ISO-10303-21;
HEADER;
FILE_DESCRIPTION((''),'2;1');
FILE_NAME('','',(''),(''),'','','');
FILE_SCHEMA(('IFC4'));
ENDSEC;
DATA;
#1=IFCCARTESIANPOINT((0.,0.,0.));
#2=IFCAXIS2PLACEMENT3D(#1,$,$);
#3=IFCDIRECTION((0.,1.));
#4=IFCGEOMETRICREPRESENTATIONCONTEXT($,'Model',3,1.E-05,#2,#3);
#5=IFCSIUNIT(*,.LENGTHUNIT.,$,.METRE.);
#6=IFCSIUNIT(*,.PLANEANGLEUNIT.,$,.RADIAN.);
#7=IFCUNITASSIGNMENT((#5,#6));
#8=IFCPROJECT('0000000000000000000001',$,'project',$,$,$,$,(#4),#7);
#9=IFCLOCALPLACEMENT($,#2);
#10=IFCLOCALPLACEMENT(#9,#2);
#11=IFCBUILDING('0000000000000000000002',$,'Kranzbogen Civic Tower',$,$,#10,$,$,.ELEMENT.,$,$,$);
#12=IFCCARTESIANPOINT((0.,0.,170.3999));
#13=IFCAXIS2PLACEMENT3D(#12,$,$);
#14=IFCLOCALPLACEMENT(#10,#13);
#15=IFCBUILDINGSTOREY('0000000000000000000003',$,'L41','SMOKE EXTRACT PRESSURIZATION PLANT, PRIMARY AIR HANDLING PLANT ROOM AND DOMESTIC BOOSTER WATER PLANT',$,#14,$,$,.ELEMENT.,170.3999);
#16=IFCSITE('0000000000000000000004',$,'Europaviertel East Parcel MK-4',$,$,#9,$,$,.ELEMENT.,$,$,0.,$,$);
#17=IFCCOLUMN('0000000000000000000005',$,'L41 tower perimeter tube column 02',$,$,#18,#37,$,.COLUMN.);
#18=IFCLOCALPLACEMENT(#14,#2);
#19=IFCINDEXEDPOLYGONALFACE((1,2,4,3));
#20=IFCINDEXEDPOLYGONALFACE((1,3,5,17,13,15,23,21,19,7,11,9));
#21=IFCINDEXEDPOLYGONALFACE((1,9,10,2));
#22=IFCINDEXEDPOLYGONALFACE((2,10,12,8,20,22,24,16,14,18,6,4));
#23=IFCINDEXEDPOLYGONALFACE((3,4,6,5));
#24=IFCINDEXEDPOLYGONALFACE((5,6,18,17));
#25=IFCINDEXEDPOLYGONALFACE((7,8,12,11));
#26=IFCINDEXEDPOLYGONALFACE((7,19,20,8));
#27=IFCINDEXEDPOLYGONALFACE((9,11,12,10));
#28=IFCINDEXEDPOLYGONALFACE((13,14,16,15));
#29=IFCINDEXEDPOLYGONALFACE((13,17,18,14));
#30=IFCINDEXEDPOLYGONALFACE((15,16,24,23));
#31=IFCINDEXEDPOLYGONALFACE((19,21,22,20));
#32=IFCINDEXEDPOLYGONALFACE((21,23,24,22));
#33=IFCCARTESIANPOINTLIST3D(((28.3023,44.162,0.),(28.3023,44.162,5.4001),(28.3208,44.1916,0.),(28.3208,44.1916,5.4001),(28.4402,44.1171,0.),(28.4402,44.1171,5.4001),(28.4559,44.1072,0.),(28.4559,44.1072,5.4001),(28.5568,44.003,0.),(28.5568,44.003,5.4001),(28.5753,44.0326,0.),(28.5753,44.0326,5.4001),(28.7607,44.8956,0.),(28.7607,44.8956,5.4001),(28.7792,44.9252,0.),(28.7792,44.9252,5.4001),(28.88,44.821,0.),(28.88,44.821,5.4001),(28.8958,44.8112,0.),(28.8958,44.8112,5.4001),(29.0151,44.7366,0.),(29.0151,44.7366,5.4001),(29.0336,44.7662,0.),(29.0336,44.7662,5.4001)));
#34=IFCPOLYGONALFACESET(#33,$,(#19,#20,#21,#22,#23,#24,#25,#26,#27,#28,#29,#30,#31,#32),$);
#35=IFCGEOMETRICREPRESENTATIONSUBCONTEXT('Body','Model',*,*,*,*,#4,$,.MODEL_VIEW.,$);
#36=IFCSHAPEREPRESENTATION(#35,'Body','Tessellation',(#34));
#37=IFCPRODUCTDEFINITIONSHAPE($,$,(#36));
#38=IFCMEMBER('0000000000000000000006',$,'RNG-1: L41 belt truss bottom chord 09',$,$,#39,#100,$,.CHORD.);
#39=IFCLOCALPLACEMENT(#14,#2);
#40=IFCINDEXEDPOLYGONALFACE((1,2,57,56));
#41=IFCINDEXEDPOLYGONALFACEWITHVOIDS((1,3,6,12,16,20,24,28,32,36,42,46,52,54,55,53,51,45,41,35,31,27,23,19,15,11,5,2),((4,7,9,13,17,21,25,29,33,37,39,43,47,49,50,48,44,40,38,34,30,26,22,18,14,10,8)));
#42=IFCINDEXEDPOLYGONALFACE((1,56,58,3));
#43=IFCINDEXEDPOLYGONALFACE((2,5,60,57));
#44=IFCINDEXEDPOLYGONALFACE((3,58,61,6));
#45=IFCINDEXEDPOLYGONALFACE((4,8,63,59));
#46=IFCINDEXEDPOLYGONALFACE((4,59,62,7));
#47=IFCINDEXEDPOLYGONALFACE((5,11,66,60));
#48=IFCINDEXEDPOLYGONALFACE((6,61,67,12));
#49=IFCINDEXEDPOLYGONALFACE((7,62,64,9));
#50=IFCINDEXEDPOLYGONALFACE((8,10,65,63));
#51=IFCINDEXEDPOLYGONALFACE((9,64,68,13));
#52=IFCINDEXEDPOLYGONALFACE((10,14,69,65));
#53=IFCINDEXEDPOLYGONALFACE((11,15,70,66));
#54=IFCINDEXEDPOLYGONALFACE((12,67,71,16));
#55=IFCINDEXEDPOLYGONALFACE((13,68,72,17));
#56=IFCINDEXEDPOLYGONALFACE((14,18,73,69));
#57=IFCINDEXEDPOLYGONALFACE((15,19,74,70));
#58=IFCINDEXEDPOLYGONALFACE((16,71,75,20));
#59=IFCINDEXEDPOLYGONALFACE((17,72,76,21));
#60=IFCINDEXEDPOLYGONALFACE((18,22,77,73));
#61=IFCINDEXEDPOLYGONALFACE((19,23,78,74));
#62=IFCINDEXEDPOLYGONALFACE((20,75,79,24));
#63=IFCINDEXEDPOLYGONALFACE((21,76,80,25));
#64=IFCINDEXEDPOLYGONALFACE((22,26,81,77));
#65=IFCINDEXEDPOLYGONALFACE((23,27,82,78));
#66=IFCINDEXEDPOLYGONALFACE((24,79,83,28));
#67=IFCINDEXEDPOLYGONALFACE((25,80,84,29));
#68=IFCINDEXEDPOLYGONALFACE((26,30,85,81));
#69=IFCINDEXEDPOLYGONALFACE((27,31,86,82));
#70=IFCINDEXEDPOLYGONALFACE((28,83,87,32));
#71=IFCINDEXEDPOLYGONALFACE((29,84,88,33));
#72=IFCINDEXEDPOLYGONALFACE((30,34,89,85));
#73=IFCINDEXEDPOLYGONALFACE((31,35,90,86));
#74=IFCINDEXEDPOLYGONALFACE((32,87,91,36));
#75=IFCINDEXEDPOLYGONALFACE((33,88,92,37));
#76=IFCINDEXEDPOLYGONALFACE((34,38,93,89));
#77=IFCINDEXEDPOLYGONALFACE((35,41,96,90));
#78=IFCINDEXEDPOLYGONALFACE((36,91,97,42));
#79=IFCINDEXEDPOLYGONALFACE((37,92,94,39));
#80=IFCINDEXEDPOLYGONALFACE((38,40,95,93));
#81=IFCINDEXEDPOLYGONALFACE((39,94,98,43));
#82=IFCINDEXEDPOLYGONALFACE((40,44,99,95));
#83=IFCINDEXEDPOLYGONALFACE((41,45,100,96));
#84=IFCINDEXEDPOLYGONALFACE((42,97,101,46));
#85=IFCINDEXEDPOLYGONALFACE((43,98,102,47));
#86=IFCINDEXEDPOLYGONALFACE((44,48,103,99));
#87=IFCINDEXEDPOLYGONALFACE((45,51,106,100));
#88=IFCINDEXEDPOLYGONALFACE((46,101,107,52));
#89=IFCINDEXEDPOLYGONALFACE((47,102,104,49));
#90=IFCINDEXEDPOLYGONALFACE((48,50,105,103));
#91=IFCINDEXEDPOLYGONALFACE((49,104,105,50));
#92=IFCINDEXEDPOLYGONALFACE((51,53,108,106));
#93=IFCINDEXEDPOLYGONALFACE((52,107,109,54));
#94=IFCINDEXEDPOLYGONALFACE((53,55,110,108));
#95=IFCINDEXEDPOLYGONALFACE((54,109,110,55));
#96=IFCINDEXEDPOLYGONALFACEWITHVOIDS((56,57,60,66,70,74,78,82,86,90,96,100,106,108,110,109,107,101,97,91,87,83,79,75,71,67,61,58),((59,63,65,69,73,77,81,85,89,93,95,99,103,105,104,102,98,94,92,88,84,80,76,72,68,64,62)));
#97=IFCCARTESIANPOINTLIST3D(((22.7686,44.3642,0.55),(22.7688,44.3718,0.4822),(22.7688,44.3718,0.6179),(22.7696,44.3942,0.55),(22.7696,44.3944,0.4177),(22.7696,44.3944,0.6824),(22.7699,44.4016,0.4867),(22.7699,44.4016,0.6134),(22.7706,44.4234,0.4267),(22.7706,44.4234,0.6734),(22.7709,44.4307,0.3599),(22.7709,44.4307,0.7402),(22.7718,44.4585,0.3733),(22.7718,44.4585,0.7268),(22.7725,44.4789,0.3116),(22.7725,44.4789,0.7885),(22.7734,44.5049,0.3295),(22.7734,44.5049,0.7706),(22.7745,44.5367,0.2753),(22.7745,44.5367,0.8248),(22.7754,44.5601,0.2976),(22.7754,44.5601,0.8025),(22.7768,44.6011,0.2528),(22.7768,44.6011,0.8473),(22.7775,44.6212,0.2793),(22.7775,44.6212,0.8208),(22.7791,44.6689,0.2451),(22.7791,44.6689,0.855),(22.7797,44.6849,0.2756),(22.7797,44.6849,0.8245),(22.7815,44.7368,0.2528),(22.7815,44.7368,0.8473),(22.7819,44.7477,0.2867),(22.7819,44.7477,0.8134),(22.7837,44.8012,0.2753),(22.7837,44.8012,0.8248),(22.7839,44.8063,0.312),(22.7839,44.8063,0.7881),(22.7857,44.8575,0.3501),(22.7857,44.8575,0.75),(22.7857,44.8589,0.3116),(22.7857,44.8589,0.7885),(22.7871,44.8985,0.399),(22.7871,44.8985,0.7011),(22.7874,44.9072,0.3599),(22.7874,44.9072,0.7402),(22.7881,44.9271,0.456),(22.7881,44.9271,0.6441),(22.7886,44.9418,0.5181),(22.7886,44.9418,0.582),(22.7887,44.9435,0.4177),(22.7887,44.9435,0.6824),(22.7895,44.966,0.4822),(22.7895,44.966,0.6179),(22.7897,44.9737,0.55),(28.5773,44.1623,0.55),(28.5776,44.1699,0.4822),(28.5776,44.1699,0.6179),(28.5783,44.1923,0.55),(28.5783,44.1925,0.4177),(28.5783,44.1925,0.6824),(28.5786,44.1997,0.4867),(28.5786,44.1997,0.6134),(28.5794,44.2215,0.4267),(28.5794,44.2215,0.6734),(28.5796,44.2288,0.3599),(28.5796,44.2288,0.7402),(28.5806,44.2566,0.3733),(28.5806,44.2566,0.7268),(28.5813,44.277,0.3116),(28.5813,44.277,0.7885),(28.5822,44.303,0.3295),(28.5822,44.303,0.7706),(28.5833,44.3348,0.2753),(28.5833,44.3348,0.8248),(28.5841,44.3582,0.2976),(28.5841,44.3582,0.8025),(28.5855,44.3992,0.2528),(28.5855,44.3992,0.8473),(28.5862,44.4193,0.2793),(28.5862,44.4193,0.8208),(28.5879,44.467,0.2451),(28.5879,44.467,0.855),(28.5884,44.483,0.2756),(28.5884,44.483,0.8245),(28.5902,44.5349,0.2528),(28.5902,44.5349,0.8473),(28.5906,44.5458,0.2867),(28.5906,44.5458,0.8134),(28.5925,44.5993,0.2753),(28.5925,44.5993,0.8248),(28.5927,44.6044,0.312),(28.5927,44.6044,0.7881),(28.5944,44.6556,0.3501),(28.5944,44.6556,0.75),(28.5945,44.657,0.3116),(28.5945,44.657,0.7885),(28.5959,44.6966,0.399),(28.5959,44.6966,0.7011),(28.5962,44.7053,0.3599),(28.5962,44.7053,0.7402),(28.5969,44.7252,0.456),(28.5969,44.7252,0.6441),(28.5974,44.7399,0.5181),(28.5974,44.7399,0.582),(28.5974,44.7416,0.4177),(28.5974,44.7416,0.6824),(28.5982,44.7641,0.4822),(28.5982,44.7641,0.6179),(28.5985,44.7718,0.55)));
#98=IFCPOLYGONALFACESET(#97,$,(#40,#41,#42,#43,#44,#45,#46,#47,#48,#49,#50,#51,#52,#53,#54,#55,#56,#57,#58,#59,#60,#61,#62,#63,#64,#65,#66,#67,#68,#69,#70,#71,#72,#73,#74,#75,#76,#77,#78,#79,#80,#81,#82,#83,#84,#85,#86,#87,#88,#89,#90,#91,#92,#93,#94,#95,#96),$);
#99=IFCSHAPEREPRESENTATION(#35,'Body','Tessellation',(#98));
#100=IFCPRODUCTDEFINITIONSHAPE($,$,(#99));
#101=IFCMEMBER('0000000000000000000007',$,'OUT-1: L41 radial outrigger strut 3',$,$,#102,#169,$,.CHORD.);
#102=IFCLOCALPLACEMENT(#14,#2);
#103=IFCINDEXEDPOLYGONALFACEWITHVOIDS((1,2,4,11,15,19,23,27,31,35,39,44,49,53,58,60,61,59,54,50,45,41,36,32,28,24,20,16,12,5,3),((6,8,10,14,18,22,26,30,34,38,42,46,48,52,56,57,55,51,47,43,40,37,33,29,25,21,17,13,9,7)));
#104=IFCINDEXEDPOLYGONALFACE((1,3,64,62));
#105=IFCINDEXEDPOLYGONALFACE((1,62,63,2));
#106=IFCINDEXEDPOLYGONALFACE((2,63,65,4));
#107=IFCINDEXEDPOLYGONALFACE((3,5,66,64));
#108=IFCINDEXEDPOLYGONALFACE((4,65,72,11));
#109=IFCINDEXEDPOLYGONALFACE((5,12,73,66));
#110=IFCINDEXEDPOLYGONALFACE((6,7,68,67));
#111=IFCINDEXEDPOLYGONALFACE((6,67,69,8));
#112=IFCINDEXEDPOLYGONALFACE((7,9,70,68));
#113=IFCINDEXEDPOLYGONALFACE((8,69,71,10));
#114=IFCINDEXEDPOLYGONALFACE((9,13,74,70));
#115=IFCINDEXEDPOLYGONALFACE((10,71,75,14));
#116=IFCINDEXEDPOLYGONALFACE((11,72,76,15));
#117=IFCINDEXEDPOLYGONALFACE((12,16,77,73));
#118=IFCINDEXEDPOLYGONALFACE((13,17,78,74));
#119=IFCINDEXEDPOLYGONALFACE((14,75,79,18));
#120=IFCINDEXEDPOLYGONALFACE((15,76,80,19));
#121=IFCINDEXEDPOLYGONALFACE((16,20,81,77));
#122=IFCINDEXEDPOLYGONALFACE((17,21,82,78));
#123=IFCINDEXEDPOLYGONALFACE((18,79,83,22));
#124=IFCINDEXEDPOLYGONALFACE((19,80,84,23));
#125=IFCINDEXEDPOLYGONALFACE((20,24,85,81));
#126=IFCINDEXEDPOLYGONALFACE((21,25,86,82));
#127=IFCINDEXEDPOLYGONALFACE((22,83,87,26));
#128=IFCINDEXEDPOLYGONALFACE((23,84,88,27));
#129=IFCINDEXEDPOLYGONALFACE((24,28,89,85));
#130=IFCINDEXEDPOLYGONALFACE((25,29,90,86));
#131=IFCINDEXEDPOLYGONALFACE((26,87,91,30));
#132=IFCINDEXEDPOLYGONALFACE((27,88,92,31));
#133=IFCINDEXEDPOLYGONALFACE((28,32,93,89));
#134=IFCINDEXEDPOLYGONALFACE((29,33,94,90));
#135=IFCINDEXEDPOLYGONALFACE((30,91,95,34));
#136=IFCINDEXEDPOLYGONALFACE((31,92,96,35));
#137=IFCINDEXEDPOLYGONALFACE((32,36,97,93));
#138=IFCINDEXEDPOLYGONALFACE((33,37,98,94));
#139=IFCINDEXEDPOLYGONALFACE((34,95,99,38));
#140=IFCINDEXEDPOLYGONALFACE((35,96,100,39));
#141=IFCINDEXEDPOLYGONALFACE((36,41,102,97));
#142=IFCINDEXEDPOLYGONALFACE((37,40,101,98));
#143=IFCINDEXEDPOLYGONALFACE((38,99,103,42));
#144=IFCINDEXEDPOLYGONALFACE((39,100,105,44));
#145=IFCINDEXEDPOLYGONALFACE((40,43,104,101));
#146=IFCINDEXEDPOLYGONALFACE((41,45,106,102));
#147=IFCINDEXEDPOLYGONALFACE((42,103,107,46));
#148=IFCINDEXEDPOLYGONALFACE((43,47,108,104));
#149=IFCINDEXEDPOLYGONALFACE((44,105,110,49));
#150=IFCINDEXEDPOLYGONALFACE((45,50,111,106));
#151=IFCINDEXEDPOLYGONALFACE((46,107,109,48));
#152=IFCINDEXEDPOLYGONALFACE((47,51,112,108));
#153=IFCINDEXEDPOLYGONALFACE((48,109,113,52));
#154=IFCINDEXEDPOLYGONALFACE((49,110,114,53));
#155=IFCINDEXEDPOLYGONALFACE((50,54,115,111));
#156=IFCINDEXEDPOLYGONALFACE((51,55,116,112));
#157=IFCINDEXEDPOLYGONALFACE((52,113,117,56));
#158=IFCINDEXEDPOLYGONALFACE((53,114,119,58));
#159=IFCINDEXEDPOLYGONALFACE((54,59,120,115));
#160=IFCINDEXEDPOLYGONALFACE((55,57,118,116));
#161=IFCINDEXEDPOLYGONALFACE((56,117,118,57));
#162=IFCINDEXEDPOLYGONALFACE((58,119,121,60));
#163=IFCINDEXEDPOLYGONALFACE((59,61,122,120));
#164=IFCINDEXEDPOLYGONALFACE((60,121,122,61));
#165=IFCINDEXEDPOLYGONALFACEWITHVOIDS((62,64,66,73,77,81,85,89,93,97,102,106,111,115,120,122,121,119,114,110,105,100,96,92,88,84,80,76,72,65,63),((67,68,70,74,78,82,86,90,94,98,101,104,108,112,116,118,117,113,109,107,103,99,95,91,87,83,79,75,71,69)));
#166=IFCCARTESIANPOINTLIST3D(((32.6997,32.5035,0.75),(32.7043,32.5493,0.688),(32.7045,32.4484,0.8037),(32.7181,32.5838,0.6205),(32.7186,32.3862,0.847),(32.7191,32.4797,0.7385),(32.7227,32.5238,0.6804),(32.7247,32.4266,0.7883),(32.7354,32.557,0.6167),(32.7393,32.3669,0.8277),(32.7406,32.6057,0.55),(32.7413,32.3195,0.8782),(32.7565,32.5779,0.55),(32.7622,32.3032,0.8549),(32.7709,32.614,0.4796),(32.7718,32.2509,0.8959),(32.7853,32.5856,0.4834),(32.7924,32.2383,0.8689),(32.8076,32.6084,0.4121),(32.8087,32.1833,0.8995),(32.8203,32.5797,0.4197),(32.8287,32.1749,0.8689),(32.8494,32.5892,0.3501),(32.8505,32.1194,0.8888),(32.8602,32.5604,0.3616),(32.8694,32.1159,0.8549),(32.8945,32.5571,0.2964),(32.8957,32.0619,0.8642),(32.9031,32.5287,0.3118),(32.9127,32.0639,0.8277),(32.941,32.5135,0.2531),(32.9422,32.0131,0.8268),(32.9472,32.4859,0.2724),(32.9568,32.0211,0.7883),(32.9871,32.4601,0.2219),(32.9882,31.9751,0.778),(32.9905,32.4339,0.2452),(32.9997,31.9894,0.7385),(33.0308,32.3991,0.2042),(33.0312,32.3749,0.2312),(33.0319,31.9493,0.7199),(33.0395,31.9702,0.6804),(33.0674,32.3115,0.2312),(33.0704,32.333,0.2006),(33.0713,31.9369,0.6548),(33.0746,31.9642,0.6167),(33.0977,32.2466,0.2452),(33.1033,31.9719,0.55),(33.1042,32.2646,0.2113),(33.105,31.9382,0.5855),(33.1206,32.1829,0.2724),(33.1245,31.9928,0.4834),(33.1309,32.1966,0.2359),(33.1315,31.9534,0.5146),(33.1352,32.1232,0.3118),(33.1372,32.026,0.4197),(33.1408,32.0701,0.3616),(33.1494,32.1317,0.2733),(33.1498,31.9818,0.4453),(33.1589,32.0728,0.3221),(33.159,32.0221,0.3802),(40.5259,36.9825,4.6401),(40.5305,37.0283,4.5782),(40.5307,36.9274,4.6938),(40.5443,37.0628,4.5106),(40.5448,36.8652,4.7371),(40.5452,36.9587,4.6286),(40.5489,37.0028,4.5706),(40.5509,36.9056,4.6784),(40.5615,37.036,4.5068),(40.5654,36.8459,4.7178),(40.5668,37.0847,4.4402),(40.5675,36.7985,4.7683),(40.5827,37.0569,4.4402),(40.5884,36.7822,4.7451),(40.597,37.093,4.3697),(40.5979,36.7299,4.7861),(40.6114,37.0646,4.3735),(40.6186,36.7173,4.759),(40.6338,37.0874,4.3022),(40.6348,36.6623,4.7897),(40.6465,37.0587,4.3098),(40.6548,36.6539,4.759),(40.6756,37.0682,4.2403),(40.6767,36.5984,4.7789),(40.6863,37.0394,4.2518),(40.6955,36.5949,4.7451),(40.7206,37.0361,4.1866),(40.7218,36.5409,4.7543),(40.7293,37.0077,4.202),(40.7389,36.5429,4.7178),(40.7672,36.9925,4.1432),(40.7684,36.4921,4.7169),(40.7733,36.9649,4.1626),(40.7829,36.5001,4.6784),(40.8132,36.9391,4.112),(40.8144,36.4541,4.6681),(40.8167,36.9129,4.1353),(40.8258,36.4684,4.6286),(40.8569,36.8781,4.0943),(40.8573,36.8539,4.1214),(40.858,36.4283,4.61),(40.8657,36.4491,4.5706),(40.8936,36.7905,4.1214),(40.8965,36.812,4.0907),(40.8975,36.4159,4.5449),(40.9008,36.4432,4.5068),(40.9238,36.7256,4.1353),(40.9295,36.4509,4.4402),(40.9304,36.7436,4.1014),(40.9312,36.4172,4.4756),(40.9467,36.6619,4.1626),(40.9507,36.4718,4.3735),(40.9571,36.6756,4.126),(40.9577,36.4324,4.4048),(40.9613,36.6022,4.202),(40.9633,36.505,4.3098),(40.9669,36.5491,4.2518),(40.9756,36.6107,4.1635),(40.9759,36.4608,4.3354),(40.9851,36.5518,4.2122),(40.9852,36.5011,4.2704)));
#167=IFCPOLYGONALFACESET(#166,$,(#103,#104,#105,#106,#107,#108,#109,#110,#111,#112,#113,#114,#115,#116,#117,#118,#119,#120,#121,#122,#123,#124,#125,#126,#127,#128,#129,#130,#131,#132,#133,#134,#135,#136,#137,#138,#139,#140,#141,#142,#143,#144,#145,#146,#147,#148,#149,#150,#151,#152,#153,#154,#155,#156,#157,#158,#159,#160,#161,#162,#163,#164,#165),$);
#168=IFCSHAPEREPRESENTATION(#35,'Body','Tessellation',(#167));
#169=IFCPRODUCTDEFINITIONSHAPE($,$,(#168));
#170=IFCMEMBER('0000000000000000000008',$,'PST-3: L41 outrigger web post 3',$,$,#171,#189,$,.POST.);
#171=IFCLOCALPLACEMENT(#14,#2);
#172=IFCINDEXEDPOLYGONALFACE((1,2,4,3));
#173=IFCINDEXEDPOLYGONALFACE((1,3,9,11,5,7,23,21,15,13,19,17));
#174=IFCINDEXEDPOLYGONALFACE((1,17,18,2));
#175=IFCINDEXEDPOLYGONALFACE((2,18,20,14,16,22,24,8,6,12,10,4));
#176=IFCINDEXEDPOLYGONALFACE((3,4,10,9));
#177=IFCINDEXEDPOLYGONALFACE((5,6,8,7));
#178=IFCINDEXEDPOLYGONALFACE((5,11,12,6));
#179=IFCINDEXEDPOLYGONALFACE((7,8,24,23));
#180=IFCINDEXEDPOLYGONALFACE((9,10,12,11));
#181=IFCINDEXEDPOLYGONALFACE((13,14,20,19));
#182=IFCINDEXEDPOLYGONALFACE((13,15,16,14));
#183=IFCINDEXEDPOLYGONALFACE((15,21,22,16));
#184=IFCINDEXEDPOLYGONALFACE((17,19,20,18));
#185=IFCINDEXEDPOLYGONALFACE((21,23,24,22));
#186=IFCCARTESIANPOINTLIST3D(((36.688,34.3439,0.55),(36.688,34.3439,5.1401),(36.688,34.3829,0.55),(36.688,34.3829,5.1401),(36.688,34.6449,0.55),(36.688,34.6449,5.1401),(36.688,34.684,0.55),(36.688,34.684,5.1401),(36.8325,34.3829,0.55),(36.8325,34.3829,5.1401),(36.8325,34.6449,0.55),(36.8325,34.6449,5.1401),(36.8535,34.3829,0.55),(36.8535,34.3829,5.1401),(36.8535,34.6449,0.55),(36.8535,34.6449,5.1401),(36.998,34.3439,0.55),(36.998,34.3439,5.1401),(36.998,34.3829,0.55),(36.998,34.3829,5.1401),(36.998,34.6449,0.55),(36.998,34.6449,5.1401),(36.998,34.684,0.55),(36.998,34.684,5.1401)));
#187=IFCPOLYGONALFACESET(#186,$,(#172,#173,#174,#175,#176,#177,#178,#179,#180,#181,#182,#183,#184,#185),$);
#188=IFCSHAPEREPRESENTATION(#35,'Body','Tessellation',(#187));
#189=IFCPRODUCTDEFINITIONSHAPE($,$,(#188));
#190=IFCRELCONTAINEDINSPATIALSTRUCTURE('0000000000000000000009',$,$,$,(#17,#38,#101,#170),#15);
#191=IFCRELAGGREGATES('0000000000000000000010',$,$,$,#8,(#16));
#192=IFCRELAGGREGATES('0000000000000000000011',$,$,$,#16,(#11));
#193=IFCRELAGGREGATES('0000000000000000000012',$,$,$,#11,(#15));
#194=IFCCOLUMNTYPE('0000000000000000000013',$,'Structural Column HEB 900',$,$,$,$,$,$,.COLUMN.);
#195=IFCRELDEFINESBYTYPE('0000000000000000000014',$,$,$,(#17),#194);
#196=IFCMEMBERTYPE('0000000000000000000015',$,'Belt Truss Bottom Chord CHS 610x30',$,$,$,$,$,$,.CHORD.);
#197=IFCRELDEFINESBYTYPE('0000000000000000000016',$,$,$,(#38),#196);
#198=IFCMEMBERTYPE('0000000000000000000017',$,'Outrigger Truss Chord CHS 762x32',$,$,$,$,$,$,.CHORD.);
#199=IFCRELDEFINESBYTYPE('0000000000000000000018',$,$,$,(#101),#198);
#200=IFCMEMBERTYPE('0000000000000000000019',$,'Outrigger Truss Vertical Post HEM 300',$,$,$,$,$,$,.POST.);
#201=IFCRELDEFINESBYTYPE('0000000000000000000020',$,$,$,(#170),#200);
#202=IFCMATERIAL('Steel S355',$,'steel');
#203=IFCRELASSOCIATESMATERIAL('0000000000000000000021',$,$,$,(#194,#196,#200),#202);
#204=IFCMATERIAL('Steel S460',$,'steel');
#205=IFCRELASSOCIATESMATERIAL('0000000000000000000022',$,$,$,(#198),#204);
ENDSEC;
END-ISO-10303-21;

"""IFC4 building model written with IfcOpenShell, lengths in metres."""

from ifc_helpers import new_model, si_unit, direction, frame, origin, origin_2d, place, context, subcontext, project, spatial, hollow_circle, i_section, extrude, material, material_profile, profile_set, type_object, element, save


model = new_model("IFC4")

# Units and contexts
model_context = context("Model", 3, precision=1e-05, world=origin(), true_north=direction((0.0, 1.0)))
body_context = subcontext(model_context, "Body", "Model", "MODEL_VIEW")
ifc_project = project(units=[si_unit("LENGTHUNIT", "METRE"), si_unit("PLANEANGLEUNIT", "RADIAN")], contexts=[model_context])

# Site, building, storey
site_placement = place(None, origin())
site = spatial("IfcSite", under=ifc_project, at=site_placement, Name="Europaviertel East Parcel MK-4", CompositionType="ELEMENT", RefElevation=0.0)
building_placement = place(site_placement, origin())
building = spatial("IfcBuilding", under=site, at=building_placement, Name="Kranzbogen Civic Tower", CompositionType="ELEMENT")
storey_placement = place(building_placement, frame((0.0, 0.0, 170.3999)))
storey = spatial("IfcBuildingStorey", under=building, at=storey_placement, Name="L41", Description="SMOKE EXTRACT PRESSURIZATION PLANT, PRIMARY AIR HANDLING PLANT ROOM AND DOMESTIC BOOSTER WATER PLANT", CompositionType="ELEMENT", Elevation=170.3999)

# Column
ifc_material_1 = material(Name="Steel S355", Category="steel")
ifc_material_profile_1 = material_profile(ifc_material_1, i_section(OverallWidth=0.3, OverallDepth=0.8999, WebThickness=0.0186, FlangeThickness=0.0349, at=origin_2d()), Name="HEB 900")
ifc_profile_set_1 = profile_set([ifc_material_profile_1], Name="Steel S355")
column_type = type_object("IfcColumnType", Name="Structural Column HEB 900", PredefinedType="COLUMN", material=ifc_profile_set_1)
column_placement = place(storey_placement, frame((28.668, 44.4641, 0.0), z_axis=(0.0, 0.0, 1.0), x_axis=(-0.848048, 0.529919, 0.0)))
element("IfcColumn", 1, at=column_placement, inside=storey, type_object=column_type, Name="L41 tower perimeter tube column 02", PredefinedType="COLUMN", context=body_context, shape_type="SweptSolid", body=[
    extrude(i_section(OverallWidth=0.3, OverallDepth=0.8999, WebThickness=0.0186, FlangeThickness=0.0349, at=origin_2d()), origin(), (0.0, 0.0, 1.0), 5.4001),
])

# Members
ifc_material_profile_2 = material_profile(ifc_material_1, hollow_circle(Radius=0.3049, WallThickness=0.03, at=origin_2d()), Name="CHS 610x30")
ifc_profile_set_2 = profile_set([ifc_material_profile_2], Name="Steel S355")
member_type_1 = type_object("IfcMemberType", Name="Belt Truss Bottom Chord CHS 610x30", PredefinedType="CHORD", material=ifc_profile_set_2)
member_1_placement = place(storey_placement, frame((28.5879, 44.467, 0.55), z_axis=(-0.999396, 0.034737, 0.0), x_axis=(-0.034737, -0.999396, 0.0)))
element("IfcMember", 2, at=member_1_placement, inside=storey, type_object=member_type_1, Name="RNG-1: L41 belt truss bottom chord 09", PredefinedType="CHORD", context=body_context, shape_type="SweptSolid", body=[
    extrude(hollow_circle(Radius=0.3049, WallThickness=0.03, at=origin_2d()), origin(), (0.0, 0.0, 1.0), 5.8123),
])
ifc_material_2 = material(Name="Steel S460", Category="steel")
ifc_material_profile_3 = material_profile(ifc_material_2, hollow_circle(Radius=0.3811, WallThickness=0.032, at=origin_2d()), Name="CHS 762x32")
ifc_profile_set_3 = profile_set([ifc_material_profile_3], Name="Steel S460")
member_type_2 = type_object("IfcMemberType", Name="Outrigger Truss Chord CHS 762x32", PredefinedType="CHORD", material=ifc_profile_set_3)
member_2_placement = place(storey_placement, frame((32.9299, 32.2749, 0.55), z_axis=(0.796916, 0.456084, 0.396121), x_axis=(-0.496716, 0.867913, 0.0)))
element("IfcMember", 3, at=member_2_placement, inside=storey, type_object=member_type_2, Name="OUT-1: L41 radial outrigger strut 3", PredefinedType="CHORD", context=body_context, shape_type="SweptSolid", body=[
    extrude(hollow_circle(Radius=0.3811, WallThickness=0.032, at=origin_2d()), origin(), (0.0, 0.0, 1.0), 9.8206),
])
ifc_material_profile_4 = material_profile(ifc_material_1, i_section(OverallWidth=0.3101, OverallDepth=0.3401, WebThickness=0.021, FlangeThickness=0.0391, at=origin_2d()), Name="HEM 300")
ifc_profile_set_4 = profile_set([ifc_material_profile_4], Name="Steel S355")
member_type_3 = type_object("IfcMemberType", Name="Outrigger Truss Vertical Post HEM 300", PredefinedType="POST", material=ifc_profile_set_4)
member_3_placement = place(storey_placement, frame((36.843, 34.5139, 0.55), z_axis=(0.0, 0.0, 1.0), x_axis=(1.0, 0.0, 0.0)))
element("IfcMember", 4, at=member_3_placement, inside=storey, type_object=member_type_3, Name="PST-3: L41 outrigger web post 3", PredefinedType="POST", context=body_context, shape_type="SweptSolid", body=[
    extrude(i_section(OverallWidth=0.3101, OverallDepth=0.3401, WebThickness=0.021, FlangeThickness=0.0391, at=origin_2d()), origin(), (0.0, 0.0, 1.0), 4.5901),
])

save(model, "model.ifc")
